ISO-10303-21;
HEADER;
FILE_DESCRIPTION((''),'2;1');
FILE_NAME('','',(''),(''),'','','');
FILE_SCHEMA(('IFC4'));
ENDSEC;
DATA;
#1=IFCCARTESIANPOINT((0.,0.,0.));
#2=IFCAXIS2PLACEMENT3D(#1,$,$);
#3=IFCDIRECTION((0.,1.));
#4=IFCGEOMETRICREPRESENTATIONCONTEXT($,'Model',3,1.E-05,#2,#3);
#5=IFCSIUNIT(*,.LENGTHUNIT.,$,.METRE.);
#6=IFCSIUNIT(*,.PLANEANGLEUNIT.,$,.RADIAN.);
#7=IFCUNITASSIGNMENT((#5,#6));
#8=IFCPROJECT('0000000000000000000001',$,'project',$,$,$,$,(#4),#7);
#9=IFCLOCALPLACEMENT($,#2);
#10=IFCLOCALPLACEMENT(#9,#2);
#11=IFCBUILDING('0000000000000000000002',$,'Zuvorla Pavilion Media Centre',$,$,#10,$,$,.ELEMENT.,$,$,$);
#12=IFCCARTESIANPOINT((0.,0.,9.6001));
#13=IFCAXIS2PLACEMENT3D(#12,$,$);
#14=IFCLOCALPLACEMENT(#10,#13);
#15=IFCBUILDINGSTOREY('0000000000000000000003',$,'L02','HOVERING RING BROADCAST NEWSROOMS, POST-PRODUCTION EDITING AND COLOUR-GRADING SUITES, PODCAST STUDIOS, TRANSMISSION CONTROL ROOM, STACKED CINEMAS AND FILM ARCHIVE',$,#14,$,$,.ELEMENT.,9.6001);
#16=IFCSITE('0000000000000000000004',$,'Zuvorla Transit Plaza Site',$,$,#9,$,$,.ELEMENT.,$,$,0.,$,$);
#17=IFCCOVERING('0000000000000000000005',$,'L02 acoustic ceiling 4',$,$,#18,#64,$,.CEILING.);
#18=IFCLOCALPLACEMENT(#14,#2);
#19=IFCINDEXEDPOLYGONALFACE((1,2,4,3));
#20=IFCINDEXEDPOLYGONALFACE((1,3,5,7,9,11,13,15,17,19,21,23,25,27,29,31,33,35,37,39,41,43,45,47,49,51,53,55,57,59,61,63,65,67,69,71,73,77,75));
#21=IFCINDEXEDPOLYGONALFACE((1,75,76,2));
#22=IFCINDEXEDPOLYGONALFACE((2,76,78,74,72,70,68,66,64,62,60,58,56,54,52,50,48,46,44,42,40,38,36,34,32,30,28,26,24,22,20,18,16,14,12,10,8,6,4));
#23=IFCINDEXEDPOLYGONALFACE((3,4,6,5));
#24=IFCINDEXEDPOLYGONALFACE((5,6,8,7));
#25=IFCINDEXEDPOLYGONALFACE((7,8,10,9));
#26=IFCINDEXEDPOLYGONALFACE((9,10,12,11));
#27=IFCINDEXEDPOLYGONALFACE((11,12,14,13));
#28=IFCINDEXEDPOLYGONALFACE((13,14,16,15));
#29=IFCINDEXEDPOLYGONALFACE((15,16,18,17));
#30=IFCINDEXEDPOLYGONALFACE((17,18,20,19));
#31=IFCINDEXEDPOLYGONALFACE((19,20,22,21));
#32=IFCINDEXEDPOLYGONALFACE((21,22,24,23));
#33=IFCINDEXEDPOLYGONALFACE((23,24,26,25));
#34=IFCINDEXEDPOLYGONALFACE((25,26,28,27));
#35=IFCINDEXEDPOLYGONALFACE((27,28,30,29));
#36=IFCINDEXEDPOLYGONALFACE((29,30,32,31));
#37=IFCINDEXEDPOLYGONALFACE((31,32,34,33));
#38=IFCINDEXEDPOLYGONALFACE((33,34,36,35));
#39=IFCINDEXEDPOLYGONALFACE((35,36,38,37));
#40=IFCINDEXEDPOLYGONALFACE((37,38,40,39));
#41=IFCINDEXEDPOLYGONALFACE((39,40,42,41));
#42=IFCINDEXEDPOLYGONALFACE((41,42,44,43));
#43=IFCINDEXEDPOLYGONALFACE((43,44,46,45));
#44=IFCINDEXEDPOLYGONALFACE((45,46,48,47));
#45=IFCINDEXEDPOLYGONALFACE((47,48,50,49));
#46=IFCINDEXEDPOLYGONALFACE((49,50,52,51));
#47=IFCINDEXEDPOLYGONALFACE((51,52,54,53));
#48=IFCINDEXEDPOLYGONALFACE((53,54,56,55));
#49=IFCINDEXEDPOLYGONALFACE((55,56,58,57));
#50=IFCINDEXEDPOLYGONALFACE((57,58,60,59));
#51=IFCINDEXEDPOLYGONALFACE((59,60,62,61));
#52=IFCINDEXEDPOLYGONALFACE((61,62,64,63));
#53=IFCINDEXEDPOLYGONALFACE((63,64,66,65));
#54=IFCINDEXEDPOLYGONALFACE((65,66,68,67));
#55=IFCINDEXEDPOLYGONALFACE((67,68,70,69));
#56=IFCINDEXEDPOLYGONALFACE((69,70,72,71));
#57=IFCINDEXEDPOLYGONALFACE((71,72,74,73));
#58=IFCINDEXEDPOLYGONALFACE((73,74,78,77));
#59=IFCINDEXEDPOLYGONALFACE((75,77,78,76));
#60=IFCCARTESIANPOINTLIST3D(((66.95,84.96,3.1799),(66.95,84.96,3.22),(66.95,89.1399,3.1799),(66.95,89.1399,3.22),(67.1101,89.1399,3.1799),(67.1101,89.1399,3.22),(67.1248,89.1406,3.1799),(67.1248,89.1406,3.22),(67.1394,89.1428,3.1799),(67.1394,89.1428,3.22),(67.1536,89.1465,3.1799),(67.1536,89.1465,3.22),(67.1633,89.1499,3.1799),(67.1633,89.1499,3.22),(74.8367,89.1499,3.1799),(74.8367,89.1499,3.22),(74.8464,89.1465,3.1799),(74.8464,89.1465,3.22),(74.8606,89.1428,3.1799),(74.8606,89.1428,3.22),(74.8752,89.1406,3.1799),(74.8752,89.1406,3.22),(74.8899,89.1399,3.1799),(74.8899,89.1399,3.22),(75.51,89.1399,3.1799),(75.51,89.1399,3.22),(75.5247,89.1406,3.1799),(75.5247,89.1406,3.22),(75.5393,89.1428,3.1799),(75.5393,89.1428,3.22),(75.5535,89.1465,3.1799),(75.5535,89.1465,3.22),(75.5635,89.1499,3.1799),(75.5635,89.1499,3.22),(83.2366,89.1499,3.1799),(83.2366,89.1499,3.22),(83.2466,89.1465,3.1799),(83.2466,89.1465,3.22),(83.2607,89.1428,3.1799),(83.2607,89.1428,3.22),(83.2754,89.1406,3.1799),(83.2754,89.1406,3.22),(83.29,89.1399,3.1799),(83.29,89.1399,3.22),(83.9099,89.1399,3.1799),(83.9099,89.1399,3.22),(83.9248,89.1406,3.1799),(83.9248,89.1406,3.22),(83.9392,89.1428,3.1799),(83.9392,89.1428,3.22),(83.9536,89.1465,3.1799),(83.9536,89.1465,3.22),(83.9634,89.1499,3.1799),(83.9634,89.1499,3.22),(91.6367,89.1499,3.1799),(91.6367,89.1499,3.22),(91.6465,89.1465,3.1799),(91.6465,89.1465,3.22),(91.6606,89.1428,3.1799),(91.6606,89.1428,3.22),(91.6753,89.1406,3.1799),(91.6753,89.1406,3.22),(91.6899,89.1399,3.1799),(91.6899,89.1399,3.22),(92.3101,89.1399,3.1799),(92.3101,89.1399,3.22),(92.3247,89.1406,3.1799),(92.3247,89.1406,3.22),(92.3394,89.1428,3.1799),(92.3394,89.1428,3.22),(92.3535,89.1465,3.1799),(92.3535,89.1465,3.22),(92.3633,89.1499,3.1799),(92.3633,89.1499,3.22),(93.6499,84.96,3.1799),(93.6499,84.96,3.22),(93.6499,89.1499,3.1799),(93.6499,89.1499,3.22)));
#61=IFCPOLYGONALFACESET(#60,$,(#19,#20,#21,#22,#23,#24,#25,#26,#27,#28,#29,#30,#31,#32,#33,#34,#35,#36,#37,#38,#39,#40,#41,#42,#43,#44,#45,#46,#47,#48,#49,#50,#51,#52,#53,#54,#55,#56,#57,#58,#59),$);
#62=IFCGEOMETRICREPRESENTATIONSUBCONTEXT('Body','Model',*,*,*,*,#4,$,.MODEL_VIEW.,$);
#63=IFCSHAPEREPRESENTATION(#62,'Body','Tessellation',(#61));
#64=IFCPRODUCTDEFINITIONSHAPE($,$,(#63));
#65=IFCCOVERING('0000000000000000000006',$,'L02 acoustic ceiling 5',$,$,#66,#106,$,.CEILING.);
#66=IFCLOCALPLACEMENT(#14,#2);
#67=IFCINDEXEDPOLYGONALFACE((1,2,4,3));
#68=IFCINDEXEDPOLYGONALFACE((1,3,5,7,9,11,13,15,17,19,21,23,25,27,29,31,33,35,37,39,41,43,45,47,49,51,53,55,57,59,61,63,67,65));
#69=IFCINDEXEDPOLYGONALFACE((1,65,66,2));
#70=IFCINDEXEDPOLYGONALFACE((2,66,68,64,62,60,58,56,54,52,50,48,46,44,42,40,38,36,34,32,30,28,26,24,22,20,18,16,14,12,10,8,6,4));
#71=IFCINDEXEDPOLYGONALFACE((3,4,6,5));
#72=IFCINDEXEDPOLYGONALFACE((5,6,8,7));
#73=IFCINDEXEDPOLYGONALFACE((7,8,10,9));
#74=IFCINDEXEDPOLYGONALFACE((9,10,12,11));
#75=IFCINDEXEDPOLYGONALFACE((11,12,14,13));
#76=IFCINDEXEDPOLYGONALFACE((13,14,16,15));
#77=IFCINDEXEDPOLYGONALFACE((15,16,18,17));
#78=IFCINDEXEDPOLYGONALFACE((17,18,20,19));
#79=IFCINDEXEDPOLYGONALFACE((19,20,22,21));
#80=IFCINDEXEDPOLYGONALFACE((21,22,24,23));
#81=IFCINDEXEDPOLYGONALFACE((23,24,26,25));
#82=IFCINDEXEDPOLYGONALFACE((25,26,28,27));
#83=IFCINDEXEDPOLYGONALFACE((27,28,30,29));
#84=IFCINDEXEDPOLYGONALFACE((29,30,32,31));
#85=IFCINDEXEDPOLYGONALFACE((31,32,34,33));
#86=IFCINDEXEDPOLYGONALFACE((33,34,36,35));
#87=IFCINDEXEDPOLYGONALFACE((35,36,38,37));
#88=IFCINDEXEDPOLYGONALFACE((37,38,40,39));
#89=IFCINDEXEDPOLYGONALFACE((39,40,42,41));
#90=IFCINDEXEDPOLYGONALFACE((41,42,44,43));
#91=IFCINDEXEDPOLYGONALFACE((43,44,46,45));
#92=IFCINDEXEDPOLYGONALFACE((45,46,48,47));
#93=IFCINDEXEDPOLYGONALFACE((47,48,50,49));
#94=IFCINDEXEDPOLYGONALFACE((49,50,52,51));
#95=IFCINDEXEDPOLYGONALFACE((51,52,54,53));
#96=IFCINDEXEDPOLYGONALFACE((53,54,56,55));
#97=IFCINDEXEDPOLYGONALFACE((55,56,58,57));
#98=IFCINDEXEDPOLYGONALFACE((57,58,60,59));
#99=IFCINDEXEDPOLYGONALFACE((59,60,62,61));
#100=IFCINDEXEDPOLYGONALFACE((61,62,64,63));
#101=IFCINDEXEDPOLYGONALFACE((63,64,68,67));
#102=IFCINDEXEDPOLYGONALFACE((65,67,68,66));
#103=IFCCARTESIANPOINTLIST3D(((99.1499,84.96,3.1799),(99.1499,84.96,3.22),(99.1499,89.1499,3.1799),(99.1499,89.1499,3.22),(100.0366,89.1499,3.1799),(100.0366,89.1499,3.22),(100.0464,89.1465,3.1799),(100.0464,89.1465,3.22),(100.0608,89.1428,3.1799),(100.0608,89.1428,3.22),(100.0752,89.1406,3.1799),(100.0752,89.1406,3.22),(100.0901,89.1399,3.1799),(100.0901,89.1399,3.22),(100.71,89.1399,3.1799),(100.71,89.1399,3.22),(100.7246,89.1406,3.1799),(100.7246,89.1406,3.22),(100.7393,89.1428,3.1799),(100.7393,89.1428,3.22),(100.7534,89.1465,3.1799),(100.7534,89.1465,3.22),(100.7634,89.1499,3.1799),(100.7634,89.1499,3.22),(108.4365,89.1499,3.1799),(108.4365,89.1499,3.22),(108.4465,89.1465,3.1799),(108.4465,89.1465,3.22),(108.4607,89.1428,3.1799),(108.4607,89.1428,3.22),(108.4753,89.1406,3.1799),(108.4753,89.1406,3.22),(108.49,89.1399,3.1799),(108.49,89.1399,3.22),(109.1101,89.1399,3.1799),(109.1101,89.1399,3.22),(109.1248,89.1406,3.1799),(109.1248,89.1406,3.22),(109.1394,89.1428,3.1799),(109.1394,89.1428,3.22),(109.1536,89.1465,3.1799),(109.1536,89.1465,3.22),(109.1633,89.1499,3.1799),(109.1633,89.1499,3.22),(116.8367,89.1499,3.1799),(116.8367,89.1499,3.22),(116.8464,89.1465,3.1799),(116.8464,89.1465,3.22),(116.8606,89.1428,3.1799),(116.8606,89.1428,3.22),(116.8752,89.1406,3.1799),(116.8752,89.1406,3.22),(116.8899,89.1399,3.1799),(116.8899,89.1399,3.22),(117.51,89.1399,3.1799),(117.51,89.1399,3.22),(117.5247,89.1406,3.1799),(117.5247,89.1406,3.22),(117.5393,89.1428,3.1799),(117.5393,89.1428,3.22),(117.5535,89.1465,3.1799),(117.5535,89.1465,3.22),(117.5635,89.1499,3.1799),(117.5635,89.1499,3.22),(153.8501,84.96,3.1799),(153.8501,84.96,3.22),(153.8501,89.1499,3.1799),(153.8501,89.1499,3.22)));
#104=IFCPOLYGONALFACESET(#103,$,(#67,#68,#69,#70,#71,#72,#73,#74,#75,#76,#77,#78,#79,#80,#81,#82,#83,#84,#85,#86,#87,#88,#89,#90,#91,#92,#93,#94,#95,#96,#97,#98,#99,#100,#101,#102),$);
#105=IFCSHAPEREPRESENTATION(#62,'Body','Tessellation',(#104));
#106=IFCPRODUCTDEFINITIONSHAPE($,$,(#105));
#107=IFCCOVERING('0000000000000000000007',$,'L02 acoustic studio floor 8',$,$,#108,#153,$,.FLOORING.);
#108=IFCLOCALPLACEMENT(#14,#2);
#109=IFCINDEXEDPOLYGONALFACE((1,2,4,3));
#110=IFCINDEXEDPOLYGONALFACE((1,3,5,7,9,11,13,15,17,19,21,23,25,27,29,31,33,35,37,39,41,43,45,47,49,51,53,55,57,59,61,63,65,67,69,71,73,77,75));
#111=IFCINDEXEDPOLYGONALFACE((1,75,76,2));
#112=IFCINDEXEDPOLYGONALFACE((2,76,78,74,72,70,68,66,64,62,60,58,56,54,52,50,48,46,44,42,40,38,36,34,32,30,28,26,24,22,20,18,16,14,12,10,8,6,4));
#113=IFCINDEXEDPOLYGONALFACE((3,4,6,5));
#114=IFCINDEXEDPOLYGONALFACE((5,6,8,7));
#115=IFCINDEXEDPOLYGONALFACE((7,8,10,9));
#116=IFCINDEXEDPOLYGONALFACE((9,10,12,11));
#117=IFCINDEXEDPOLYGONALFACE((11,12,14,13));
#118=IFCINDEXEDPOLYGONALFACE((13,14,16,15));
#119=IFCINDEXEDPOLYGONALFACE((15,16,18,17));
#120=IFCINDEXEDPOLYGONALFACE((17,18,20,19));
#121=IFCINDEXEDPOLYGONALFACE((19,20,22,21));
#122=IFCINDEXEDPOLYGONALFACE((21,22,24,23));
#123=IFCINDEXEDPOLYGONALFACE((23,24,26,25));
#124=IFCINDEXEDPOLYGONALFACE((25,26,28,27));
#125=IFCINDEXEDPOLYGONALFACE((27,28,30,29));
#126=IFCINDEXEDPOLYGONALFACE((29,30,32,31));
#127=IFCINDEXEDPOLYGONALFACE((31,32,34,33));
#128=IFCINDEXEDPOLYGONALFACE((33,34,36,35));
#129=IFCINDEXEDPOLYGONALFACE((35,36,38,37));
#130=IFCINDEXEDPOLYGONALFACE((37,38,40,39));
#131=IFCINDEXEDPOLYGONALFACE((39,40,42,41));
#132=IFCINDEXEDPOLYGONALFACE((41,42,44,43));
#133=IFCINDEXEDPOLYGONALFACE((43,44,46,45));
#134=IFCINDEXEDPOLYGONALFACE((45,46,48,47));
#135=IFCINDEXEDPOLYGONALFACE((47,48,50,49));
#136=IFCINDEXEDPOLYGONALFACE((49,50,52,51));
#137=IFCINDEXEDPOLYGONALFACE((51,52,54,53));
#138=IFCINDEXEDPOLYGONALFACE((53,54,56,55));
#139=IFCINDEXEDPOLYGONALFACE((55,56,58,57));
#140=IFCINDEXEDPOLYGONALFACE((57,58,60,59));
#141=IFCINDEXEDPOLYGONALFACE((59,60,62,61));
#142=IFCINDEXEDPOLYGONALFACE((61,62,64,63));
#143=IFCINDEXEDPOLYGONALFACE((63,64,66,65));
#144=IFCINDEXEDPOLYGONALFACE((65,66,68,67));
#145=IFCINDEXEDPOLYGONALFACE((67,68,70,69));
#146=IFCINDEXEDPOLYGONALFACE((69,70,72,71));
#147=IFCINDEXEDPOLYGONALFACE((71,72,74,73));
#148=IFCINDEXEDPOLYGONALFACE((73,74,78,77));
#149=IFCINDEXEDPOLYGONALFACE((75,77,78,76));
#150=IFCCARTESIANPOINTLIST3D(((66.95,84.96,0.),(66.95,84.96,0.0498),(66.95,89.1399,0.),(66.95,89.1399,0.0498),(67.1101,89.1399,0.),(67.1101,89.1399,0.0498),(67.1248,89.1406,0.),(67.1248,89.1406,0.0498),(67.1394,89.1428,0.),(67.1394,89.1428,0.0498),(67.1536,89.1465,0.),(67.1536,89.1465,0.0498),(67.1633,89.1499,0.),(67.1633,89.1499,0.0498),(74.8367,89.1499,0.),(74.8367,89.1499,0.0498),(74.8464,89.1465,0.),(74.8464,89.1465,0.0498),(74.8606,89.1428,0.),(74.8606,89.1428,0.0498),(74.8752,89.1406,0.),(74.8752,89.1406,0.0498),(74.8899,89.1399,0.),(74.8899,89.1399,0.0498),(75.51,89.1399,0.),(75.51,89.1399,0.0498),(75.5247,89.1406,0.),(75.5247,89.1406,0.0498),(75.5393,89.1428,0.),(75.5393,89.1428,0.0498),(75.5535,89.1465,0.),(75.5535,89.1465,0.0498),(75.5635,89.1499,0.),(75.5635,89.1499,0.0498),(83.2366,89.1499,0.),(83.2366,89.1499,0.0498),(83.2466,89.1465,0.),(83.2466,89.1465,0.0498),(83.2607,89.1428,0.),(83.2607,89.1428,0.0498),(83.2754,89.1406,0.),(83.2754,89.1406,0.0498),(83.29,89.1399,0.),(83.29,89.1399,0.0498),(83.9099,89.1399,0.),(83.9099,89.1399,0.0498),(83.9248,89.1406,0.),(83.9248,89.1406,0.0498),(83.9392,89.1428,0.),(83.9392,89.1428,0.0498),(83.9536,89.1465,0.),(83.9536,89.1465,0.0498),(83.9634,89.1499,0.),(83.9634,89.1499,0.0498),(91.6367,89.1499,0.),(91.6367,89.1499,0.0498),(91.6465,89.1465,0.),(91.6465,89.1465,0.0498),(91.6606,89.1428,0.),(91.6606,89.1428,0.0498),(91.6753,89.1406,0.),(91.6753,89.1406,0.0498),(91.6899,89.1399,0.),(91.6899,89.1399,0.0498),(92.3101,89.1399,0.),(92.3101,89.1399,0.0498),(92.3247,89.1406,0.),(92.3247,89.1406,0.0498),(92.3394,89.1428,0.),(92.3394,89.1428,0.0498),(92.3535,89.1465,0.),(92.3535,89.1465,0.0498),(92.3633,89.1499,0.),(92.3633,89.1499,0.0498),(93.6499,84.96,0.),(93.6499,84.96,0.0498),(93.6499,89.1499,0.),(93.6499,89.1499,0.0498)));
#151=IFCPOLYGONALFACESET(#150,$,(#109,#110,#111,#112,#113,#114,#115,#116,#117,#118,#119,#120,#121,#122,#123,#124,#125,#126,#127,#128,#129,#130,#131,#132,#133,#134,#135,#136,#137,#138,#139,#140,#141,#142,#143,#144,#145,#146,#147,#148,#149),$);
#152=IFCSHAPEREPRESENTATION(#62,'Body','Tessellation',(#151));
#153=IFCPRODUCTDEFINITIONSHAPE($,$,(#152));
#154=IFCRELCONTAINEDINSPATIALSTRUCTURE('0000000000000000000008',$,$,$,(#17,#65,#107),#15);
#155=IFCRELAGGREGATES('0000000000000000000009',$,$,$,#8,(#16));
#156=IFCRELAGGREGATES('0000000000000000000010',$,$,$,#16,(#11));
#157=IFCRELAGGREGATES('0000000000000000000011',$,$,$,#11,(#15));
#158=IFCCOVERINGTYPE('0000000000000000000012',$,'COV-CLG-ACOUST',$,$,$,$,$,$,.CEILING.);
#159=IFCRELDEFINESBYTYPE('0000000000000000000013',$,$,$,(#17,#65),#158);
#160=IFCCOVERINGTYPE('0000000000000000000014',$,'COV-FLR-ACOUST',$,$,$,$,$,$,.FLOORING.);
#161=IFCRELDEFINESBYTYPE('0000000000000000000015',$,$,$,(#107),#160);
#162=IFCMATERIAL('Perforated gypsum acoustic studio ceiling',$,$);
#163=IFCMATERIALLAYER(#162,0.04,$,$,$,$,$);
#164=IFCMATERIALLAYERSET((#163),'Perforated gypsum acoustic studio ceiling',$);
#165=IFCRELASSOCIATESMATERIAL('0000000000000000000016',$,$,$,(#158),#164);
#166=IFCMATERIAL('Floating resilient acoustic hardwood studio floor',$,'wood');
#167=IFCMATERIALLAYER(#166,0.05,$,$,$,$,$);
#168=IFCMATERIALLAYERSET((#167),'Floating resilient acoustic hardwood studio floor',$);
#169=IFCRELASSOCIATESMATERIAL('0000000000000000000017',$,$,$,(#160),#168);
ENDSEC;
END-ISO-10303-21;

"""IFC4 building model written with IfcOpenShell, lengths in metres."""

from ifc_helpers import new_model, si_unit, direction, frame, origin, place, context, subcontext, project, spatial, polyline, outline, extrude, material, layer, layer_set, type_object, element, save


model = new_model("IFC4")

# Units and contexts
model_context = context("Model", 3, precision=1e-05, world=origin(), true_north=direction((0.0, 1.0)))
body_context = subcontext(model_context, "Body", "Model", "MODEL_VIEW")
ifc_project = project(units=[si_unit("LENGTHUNIT", "METRE"), si_unit("PLANEANGLEUNIT", "RADIAN")], contexts=[model_context])

# Site, building, storey
site_placement = place(None, origin())
site = spatial("IfcSite", under=ifc_project, at=site_placement, Name="Zuvorla Transit Plaza Site", CompositionType="ELEMENT", RefElevation=0.0)
building_placement = place(site_placement, origin())
building = spatial("IfcBuilding", under=site, at=building_placement, Name="Zuvorla Pavilion Media Centre", CompositionType="ELEMENT")
storey_placement = place(building_placement, frame((0.0, 0.0, 9.6001)))
storey = spatial("IfcBuildingStorey", under=building, at=storey_placement, Name="L02", Description="HOVERING RING BROADCAST NEWSROOMS, POST-PRODUCTION EDITING AND COLOUR-GRADING SUITES, PODCAST STUDIOS, TRANSMISSION CONTROL ROOM, STACKED CINEMAS AND FILM ARCHIVE", CompositionType="ELEMENT", Elevation=9.6001)

# Coverings
ifc_material_1 = material(Name="Perforated gypsum acoustic studio ceiling")
ifc_layer_1 = layer(ifc_material_1, 0.04)
ifc_layer_set_1 = layer_set([ifc_layer_1], Name="Perforated gypsum acoustic studio ceiling")
covering_type_1 = type_object("IfcCoveringType", Name="COV-CLG-ACOUST", PredefinedType="CEILING", material=ifc_layer_set_1)
covering_1_placement = place(storey_placement, frame((0.0, 0.0, 3.1799)))
element("IfcCovering", 1, at=covering_1_placement, inside=storey, type_object=covering_type_1, Name="L02 acoustic ceiling 4", PredefinedType="CEILING", context=body_context, shape_type="SweptSolid", body=[
    extrude(outline(polyline([(66.95, 89.1399), (67.1101, 89.1399), (67.1248, 89.1406), (67.1394, 89.1428), (67.1536, 89.1465), (67.1633, 89.1499), (74.8367, 89.1499), (74.8464, 89.1465), (74.8606, 89.1428), (74.8752, 89.1406), (74.8899, 89.1399), (75.51, 89.1399), (75.5247, 89.1406), (75.5393, 89.1428), (75.5535, 89.1465), (75.5635, 89.1499), (83.2366, 89.1499), (83.2466, 89.1465), (83.2607, 89.1428), (83.2754, 89.1406), (83.29, 89.1399), (83.9099, 89.1399), (83.9248, 89.1406), (83.9392, 89.1428), (83.9536, 89.1465), (83.9634, 89.1499), (91.6367, 89.1499), (91.6465, 89.1465), (91.6606, 89.1428), (91.6753, 89.1406), (91.6899, 89.1399), (92.3101, 89.1399), (92.3247, 89.1406), (92.3394, 89.1428), (92.3535, 89.1465), (92.3633, 89.1499), (93.6499, 89.1499), (93.6499, 84.96), (66.95, 84.96), (66.95, 89.1399)])), origin(), (0.0, 0.0, 1.0), 0.04),
])
covering_2_placement = place(storey_placement, frame((0.0, 0.0, 3.1799)))
element("IfcCovering", 2, at=covering_2_placement, inside=storey, type_object=covering_type_1, Name="L02 acoustic ceiling 5", PredefinedType="CEILING", context=body_context, shape_type="SweptSolid", body=[
    extrude(outline(polyline([(99.1499, 89.1499), (100.0366, 89.1499), (100.0464, 89.1465), (100.0608, 89.1428), (100.0752, 89.1406), (100.0901, 89.1399), (100.71, 89.1399), (100.7246, 89.1406), (100.7393, 89.1428), (100.7534, 89.1465), (100.7634, 89.1499), (108.4365, 89.1499), (108.4465, 89.1465), (108.4607, 89.1428), (108.4753, 89.1406), (108.49, 89.1399), (109.1101, 89.1399), (109.1248, 89.1406), (109.1394, 89.1428), (109.1536, 89.1465), (109.1633, 89.1499), (116.8367, 89.1499), (116.8464, 89.1465), (116.8606, 89.1428), (116.8752, 89.1406), (116.8899, 89.1399), (117.51, 89.1399), (117.5247, 89.1406), (117.5393, 89.1428), (117.5535, 89.1465), (117.5635, 89.1499), (153.8501, 89.1499), (153.8501, 84.96), (99.1499, 84.96), (99.1499, 89.1499)])), origin(), (0.0, 0.0, 1.0), 0.04),
])
ifc_material_2 = material(Name="Floating resilient acoustic hardwood studio floor", Category="wood")
ifc_layer_2 = layer(ifc_material_2, 0.05)
ifc_layer_set_2 = layer_set([ifc_layer_2], Name="Floating resilient acoustic hardwood studio floor")
covering_type_2 = type_object("IfcCoveringType", Name="COV-FLR-ACOUST", PredefinedType="FLOORING", material=ifc_layer_set_2)
covering_3_placement = place(storey_placement, origin())
element("IfcCovering", 3, at=covering_3_placement, inside=storey, type_object=covering_type_2, Name="L02 acoustic studio floor 8", PredefinedType="FLOORING", context=body_context, shape_type="SweptSolid", body=[
    extrude(outline(polyline([(66.95, 89.1399), (67.1101, 89.1399), (67.1248, 89.1406), (67.1394, 89.1428), (67.1536, 89.1465), (67.1633, 89.1499), (74.8367, 89.1499), (74.8464, 89.1465), (74.8606, 89.1428), (74.8752, 89.1406), (74.8899, 89.1399), (75.51, 89.1399), (75.5247, 89.1406), (75.5393, 89.1428), (75.5535, 89.1465), (75.5635, 89.1499), (83.2366, 89.1499), (83.2466, 89.1465), (83.2607, 89.1428), (83.2754, 89.1406), (83.29, 89.1399), (83.9099, 89.1399), (83.9248, 89.1406), (83.9392, 89.1428), (83.9536, 89.1465), (83.9634, 89.1499), (91.6367, 89.1499), (91.6465, 89.1465), (91.6606, 89.1428), (91.6753, 89.1406), (91.6899, 89.1399), (92.3101, 89.1399), (92.3247, 89.1406), (92.3394, 89.1428), (92.3535, 89.1465), (92.3633, 89.1499), (93.6499, 89.1499), (93.6499, 84.96), (66.95, 84.96), (66.95, 89.1399)])), origin(), (0.0, 0.0, 1.0), 0.0498),
])

save(model, "model.ifc")
